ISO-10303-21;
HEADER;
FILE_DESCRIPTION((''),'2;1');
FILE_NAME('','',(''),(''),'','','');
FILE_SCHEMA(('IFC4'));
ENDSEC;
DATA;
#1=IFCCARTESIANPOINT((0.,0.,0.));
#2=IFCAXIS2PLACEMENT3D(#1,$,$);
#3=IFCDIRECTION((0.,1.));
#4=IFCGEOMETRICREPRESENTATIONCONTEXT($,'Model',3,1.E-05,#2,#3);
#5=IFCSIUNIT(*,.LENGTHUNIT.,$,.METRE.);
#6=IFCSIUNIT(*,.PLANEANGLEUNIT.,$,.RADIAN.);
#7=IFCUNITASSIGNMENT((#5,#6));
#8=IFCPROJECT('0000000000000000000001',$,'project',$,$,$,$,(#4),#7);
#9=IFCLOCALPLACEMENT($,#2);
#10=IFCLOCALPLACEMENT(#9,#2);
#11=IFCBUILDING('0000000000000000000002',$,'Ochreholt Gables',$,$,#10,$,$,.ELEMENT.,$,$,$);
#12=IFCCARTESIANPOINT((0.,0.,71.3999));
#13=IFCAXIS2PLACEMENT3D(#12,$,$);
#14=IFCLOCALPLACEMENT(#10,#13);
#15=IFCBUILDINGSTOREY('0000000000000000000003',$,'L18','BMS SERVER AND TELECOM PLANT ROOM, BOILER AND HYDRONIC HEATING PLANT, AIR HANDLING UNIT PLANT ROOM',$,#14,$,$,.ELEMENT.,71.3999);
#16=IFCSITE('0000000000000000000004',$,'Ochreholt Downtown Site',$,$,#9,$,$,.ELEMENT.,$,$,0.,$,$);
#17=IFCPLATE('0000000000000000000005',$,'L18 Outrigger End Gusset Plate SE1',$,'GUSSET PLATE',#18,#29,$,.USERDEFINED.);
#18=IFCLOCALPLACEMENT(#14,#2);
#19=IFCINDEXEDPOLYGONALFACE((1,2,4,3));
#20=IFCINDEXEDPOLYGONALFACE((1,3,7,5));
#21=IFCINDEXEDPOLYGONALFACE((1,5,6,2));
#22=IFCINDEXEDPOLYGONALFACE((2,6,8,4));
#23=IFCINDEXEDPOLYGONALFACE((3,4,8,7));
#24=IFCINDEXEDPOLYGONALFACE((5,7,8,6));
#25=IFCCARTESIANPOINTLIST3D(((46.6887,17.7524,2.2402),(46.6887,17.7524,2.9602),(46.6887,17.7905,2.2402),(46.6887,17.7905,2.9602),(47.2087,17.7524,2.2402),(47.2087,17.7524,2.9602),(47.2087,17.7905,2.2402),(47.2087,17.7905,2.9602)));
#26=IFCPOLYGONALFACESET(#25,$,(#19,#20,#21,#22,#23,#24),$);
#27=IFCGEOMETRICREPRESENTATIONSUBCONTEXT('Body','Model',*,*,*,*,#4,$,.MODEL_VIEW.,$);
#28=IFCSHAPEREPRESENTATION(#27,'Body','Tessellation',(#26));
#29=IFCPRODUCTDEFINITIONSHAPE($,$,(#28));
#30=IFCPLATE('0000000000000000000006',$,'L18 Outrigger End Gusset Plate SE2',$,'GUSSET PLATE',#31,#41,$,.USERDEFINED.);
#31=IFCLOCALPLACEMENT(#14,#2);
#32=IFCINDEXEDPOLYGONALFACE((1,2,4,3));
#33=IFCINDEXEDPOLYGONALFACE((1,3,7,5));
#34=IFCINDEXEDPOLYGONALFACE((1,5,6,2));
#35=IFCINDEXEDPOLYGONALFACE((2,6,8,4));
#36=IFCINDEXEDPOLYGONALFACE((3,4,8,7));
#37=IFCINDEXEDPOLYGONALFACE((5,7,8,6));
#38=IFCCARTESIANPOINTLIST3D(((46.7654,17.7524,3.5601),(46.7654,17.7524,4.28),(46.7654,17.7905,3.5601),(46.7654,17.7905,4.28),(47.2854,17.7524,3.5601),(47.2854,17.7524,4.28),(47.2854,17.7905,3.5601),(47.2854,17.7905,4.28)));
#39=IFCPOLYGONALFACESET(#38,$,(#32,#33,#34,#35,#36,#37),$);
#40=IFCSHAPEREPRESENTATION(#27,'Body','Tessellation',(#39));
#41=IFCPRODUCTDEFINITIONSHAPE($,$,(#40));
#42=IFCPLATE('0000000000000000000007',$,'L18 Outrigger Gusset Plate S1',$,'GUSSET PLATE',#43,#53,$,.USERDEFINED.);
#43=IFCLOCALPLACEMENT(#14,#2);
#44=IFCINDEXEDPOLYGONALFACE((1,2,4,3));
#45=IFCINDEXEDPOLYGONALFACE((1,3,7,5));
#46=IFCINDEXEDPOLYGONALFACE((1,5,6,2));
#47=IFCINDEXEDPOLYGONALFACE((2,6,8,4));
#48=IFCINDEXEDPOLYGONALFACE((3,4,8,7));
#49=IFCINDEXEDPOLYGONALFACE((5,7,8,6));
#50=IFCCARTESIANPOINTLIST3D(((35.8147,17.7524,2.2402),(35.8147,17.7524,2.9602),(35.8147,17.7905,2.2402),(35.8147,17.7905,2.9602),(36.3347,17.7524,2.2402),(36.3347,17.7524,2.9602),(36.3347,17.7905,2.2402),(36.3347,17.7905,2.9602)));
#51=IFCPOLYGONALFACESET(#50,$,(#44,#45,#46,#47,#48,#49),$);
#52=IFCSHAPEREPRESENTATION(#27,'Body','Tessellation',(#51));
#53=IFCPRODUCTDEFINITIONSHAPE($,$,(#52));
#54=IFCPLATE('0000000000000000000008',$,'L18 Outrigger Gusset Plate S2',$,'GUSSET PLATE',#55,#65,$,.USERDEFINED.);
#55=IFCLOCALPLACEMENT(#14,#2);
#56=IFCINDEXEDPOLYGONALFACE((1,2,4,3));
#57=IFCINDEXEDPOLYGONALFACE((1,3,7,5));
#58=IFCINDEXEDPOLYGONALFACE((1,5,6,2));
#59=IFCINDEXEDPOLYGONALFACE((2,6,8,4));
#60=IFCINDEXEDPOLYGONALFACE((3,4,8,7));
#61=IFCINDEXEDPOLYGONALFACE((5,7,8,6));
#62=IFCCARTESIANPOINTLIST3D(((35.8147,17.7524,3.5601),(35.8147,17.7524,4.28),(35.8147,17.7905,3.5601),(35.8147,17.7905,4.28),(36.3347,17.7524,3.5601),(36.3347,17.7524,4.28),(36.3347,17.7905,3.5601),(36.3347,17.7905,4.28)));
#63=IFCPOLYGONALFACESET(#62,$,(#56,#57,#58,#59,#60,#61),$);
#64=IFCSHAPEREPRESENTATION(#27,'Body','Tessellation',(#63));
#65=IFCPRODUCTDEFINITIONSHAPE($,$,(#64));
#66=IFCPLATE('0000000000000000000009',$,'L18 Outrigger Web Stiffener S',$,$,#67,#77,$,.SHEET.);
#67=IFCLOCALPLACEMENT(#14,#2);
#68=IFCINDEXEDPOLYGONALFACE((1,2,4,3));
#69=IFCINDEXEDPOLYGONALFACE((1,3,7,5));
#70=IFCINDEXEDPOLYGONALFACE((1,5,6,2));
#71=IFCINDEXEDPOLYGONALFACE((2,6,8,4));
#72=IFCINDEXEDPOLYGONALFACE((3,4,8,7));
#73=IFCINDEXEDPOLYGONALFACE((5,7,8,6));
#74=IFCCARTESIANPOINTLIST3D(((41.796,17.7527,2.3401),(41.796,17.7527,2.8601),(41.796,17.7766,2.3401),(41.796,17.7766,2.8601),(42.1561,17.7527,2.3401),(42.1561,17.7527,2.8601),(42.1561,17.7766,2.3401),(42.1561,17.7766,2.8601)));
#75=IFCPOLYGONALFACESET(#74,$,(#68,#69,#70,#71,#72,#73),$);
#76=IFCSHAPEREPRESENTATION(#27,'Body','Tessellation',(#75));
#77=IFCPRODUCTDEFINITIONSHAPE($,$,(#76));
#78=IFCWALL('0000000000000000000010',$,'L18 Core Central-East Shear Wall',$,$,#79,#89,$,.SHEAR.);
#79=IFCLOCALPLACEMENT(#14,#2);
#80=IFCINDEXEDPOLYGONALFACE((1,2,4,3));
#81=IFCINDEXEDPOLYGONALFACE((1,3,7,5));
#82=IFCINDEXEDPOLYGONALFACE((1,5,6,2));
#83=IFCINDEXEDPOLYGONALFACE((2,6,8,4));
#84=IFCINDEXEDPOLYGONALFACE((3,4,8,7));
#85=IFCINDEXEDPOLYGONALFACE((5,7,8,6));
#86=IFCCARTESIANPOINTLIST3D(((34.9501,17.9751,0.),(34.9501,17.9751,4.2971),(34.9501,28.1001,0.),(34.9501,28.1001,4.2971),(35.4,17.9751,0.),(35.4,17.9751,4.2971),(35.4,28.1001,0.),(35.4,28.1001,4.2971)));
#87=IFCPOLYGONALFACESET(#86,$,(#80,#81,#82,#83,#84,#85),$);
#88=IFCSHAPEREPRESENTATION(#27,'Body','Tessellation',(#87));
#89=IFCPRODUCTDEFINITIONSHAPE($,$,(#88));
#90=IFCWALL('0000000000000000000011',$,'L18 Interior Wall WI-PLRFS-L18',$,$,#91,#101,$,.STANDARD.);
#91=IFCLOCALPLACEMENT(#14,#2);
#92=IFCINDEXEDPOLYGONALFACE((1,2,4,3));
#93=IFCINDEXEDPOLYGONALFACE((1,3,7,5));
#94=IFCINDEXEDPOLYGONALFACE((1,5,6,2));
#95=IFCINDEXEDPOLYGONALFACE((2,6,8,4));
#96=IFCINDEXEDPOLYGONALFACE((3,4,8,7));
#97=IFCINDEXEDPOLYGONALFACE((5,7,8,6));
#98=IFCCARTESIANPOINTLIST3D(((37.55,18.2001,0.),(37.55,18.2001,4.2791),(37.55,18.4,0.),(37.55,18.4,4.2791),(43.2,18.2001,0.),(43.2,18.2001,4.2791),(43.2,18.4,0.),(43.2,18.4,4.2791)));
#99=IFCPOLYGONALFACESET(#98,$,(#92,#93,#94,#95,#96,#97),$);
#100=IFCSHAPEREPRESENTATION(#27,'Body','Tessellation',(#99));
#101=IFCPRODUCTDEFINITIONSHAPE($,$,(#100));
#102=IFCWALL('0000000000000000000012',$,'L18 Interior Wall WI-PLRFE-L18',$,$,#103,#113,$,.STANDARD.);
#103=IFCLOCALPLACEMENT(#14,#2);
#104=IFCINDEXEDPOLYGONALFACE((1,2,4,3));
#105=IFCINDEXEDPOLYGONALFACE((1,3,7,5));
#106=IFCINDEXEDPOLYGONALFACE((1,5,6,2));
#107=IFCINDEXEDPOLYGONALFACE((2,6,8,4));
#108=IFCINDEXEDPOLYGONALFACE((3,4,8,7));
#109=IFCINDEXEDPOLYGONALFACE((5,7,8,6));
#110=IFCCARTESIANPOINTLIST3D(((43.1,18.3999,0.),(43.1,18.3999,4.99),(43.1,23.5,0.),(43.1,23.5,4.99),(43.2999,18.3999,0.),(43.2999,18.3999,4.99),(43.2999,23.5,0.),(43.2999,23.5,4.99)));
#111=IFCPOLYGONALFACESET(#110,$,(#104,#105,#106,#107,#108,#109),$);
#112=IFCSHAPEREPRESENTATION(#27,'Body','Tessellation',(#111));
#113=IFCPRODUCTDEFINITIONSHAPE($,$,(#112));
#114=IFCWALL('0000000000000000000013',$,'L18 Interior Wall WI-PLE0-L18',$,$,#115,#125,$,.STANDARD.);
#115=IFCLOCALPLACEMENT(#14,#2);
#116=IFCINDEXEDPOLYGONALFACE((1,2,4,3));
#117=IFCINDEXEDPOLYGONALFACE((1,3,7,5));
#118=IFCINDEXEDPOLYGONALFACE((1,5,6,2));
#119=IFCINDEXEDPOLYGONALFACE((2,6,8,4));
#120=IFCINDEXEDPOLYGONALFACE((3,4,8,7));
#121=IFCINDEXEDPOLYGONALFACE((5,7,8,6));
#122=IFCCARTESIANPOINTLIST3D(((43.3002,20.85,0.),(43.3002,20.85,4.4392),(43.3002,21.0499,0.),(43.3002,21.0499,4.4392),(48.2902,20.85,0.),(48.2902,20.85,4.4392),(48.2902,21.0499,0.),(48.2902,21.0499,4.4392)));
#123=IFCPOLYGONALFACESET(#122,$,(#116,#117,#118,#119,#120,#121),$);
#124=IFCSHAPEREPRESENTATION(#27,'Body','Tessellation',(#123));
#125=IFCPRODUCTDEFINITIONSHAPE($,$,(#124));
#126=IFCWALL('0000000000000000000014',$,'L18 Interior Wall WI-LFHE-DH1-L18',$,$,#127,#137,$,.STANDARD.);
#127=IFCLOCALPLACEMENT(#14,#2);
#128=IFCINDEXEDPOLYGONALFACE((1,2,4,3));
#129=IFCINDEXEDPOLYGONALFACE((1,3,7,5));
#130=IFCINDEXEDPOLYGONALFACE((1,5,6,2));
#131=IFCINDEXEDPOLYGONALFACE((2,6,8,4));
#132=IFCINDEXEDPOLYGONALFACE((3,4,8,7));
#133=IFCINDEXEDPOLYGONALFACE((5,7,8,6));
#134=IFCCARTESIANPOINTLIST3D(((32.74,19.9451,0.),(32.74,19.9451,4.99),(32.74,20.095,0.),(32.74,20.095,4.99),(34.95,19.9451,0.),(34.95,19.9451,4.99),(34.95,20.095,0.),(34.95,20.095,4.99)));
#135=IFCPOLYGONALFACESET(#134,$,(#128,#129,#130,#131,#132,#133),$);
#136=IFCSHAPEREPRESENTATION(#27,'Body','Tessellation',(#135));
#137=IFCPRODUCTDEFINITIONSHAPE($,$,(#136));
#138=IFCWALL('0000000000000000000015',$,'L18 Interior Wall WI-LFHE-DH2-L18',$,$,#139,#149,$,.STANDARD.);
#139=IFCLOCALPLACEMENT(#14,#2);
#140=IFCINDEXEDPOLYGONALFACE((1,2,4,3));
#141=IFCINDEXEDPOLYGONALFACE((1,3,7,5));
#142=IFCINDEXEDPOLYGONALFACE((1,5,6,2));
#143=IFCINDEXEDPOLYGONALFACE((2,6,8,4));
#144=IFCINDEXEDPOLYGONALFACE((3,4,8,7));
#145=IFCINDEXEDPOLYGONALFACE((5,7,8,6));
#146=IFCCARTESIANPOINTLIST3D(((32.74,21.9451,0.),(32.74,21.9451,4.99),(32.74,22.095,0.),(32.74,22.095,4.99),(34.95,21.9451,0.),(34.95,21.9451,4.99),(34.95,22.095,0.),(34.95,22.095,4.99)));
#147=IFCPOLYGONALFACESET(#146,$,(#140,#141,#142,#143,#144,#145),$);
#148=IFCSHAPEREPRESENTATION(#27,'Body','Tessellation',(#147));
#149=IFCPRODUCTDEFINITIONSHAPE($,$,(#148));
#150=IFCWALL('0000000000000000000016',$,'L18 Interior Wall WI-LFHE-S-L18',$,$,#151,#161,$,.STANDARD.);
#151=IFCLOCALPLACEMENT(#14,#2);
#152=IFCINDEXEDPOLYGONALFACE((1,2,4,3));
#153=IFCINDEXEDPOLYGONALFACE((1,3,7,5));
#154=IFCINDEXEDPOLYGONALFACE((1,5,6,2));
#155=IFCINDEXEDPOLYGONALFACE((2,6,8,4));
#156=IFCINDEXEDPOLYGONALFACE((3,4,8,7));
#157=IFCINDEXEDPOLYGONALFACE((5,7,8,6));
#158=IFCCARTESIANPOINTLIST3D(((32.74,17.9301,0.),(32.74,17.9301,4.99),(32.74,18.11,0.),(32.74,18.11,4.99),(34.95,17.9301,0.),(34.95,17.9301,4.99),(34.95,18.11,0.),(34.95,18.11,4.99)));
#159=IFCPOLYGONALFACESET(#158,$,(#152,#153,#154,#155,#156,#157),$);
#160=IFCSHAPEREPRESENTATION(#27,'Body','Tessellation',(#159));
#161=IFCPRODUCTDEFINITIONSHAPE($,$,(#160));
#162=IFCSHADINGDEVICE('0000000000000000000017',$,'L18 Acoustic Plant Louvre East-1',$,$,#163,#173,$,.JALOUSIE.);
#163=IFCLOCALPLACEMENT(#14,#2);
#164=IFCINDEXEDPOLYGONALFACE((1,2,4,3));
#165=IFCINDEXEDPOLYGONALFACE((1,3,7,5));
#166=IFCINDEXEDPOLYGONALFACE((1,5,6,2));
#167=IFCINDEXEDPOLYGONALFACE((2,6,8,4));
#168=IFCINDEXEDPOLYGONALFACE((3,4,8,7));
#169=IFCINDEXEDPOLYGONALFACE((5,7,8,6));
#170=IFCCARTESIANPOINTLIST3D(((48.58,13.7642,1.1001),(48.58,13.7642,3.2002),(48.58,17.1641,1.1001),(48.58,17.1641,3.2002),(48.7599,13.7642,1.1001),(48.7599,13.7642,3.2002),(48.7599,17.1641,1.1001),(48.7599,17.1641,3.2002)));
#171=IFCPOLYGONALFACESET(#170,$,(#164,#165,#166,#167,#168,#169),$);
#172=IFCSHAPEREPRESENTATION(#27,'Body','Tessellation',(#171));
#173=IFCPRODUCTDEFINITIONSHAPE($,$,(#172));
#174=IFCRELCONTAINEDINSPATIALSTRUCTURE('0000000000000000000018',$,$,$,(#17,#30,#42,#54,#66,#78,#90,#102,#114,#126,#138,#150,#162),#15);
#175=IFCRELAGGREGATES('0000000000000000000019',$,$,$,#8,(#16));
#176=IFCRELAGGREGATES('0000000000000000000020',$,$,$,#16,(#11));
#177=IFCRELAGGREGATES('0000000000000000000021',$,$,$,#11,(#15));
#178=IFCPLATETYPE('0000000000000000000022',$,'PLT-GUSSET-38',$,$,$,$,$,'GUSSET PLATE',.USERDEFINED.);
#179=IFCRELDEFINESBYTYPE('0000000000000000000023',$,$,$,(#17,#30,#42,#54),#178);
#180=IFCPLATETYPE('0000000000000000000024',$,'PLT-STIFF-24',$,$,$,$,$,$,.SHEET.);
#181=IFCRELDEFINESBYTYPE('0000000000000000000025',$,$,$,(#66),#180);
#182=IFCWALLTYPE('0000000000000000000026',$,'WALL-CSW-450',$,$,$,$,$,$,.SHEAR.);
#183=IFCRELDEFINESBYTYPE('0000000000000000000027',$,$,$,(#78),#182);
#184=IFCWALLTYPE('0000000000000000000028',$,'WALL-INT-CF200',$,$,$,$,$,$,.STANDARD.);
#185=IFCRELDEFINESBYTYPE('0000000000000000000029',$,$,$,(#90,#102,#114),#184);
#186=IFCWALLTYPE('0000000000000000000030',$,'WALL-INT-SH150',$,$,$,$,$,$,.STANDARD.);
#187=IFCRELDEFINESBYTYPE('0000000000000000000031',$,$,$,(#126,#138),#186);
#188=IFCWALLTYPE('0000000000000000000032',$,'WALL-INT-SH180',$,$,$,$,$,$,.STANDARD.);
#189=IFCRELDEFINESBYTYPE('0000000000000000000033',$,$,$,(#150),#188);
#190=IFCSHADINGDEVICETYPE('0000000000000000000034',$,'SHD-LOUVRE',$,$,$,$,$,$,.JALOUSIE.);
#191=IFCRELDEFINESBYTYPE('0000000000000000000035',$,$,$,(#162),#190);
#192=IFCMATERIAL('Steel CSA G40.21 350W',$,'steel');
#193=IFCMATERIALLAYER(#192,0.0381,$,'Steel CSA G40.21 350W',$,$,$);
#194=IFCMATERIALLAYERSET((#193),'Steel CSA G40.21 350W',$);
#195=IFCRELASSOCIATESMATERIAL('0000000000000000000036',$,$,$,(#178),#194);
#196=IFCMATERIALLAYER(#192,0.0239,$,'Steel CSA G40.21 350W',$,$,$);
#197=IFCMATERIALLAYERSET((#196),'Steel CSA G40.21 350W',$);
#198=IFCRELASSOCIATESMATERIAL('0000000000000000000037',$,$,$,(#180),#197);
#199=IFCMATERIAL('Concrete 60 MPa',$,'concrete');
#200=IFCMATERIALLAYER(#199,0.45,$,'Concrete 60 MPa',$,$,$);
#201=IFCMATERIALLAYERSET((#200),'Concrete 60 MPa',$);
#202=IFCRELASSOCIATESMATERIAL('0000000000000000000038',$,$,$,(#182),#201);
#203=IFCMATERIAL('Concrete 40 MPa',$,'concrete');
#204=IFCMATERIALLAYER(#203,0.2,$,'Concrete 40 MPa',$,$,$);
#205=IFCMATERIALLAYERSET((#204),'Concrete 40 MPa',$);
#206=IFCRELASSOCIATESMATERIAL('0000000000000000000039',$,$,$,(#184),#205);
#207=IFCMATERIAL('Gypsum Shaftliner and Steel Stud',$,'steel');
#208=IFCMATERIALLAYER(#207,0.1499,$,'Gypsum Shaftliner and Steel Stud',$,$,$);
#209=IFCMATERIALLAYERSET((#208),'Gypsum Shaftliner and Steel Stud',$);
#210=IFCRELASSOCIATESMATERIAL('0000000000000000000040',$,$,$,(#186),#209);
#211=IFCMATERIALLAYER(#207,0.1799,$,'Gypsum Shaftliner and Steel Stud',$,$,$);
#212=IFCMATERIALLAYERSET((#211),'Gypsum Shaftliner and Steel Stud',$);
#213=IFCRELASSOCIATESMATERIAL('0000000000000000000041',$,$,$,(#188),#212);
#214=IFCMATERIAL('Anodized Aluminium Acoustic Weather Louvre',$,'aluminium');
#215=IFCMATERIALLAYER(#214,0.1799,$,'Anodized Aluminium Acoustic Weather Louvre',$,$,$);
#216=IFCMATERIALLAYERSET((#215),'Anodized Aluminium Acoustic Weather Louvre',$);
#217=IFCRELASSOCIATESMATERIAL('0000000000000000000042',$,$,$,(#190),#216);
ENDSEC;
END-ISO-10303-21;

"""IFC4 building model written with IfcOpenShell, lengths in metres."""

from ifc_helpers import new_model, si_unit, direction, frame, frame_2d, origin, origin_2d, place, context, subcontext, project, spatial, rectangle, extrude, material, layer, layer_set, type_object, element, save


model = new_model("IFC4")

# Units and contexts
model_context = context("Model", 3, precision=1e-05, world=origin(), true_north=direction((0.0, 1.0)))
body_context = subcontext(model_context, "Body", "Model", "MODEL_VIEW")
ifc_project = project(units=[si_unit("LENGTHUNIT", "METRE"), si_unit("PLANEANGLEUNIT", "RADIAN")], contexts=[model_context])

# Site, building, storey
site_placement = place(None, origin())
site = spatial("IfcSite", under=ifc_project, at=site_placement, Name="Ochreholt Downtown Site", CompositionType="ELEMENT", RefElevation=0.0)
building_placement = place(site_placement, origin())
building = spatial("IfcBuilding", under=site, at=building_placement, Name="Ochreholt Gables", CompositionType="ELEMENT")
storey_placement = place(building_placement, frame((0.0, 0.0, 71.3999)))
storey = spatial("IfcBuildingStorey", under=building, at=storey_placement, Name="L18", Description="BMS SERVER AND TELECOM PLANT ROOM, BOILER AND HYDRONIC HEATING PLANT, AIR HANDLING UNIT PLANT ROOM", CompositionType="ELEMENT", Elevation=71.3999)

# Shared definitions
ifc_material_1 = material(Name="Steel CSA G40.21 350W", Category="steel")
ifc_material_2 = material(Name="Concrete 60 MPa", Category="concrete")

# Plates
ifc_layer_1 = layer(ifc_material_1, 0.0381, Name="Steel CSA G40.21 350W")
ifc_layer_set_1 = layer_set([ifc_layer_1], Name="Steel CSA G40.21 350W")
plate_type_1 = type_object("IfcPlateType", Name="PLT-GUSSET-38", ElementType="GUSSET PLATE", PredefinedType="USERDEFINED", material=ifc_layer_set_1)
for number, where, z_axis, x_axis, name in (
    (1, (46.9487, 17.7715, 2.2402), (0.0, 0.0, 1.0), (1.0, 0.0, 0.0), "L18 Outrigger End Gusset Plate SE1"),
    (2, (47.0254, 17.7715, 3.5601), (0.0, 0.0, 1.0), (1.0, 0.0, 0.0), "L18 Outrigger End Gusset Plate SE2"),
    (3, (36.0747, 17.7715, 2.2402), (0.0, 0.0, 1.0), (1.0, 0.0, 0.0), "L18 Outrigger Gusset Plate S1"),
    (4, (36.0747, 17.7715, 3.5601), (0.0, 0.0, 1.0), (1.0, 0.0, 0.0), "L18 Outrigger Gusset Plate S2"),
):
    element("IfcPlate", number, at=place(storey_placement, frame(where, z_axis=z_axis, x_axis=x_axis)), inside=storey, type_object=plate_type_1, Name=name, ObjectType="GUSSET PLATE", PredefinedType="USERDEFINED", context=body_context, shape_type="SweptSolid", body=[
        extrude(rectangle(XDim=0.52, YDim=0.0381, at=origin_2d()), origin(), (0.0, 0.0, 1.0), 0.72),
    ])
ifc_layer_2 = layer(ifc_material_1, 0.0239, Name="Steel CSA G40.21 350W")
ifc_layer_set_2 = layer_set([ifc_layer_2], Name="Steel CSA G40.21 350W")
plate_type_2 = type_object("IfcPlateType", Name="PLT-STIFF-24", PredefinedType="SHEET", material=ifc_layer_set_2)
plate_1_placement = place(storey_placement, frame((41.9761, 17.7646, 2.3401), z_axis=(0.0, 0.0, 1.0), x_axis=(1.0, 0.0, 0.0)))
element("IfcPlate", 5, at=plate_1_placement, inside=storey, type_object=plate_type_2, Name="L18 Outrigger Web Stiffener S", PredefinedType="SHEET", context=body_context, shape_type="SweptSolid", body=[
    extrude(rectangle(XDim=0.3601, YDim=0.0239, at=origin_2d()), origin(), (0.0, 0.0, 1.0), 0.52),
])

# Walls
ifc_layer_3 = layer(ifc_material_2, 0.45, Name="Concrete 60 MPa")
ifc_layer_set_3 = layer_set([ifc_layer_3], Name="Concrete 60 MPa")
wall_type_1 = type_object("IfcWallType", Name="WALL-CSW-450", PredefinedType="SHEAR", material=ifc_layer_set_3)
wall_1_placement = place(storey_placement, frame((35.175, 17.9751, 0.0), z_axis=(0.0, 0.0, 1.0), x_axis=(0.0, 1.0, 0.0)))
element("IfcWall", 6, at=wall_1_placement, inside=storey, type_object=wall_type_1, Name="L18 Core Central-East Shear Wall", PredefinedType="SHEAR", context=body_context, shape_type="SweptSolid", body=[
    extrude(rectangle(XDim=10.125, YDim=0.45, at=frame_2d((5.0625, 0.0))), origin(), (0.0, 0.0, 1.0), 4.2971),
])
ifc_material_3 = material(Name="Concrete 40 MPa", Category="concrete")
ifc_layer_4 = layer(ifc_material_3, 0.2, Name="Concrete 40 MPa")
ifc_layer_set_4 = layer_set([ifc_layer_4], Name="Concrete 40 MPa")
wall_type_2 = type_object("IfcWallType", Name="WALL-INT-CF200", PredefinedType="STANDARD", material=ifc_layer_set_4)
wall_2_placement = place(storey_placement, frame((37.55, 18.3, 0.0), z_axis=(0.0, 0.0, 1.0), x_axis=(1.0, 0.0, 0.0)))
element("IfcWall", 7, at=wall_2_placement, inside=storey, type_object=wall_type_2, Name="L18 Interior Wall WI-PLRFS-L18", PredefinedType="STANDARD", context=body_context, shape_type="SweptSolid", body=[
    extrude(rectangle(XDim=5.6499, YDim=0.2, at=frame_2d((2.825, 0.0))), origin(), (0.0, 0.0, 1.0), 4.2791),
])
wall_3_placement = place(storey_placement, frame((43.2, 18.3999, 0.0), z_axis=(0.0, 0.0, 1.0), x_axis=(0.0, 1.0, 0.0)))
element("IfcWall", 8, at=wall_3_placement, inside=storey, type_object=wall_type_2, Name="L18 Interior Wall WI-PLRFE-L18", PredefinedType="STANDARD", context=body_context, shape_type="SweptSolid", body=[
    extrude(rectangle(XDim=5.1001, YDim=0.2, at=frame_2d((2.55, 0.0))), origin(), (0.0, 0.0, 1.0), 4.99),
])
wall_4_placement = place(storey_placement, frame((43.3, 20.95, 0.0), z_axis=(0.0, 0.0, 1.0), x_axis=(1.0, 0.0, 0.0)))
element("IfcWall", 9, at=wall_4_placement, inside=storey, type_object=wall_type_2, Name="L18 Interior Wall WI-PLE0-L18", PredefinedType="STANDARD", context=body_context, shape_type="SweptSolid", body=[
    extrude(rectangle(XDim=4.99, YDim=0.2, at=frame_2d((2.4951, 0.0))), origin(), (0.0, 0.0, 1.0), 4.4392),
])
ifc_material_4 = material(Name="Gypsum Shaftliner and Steel Stud", Category="steel")
ifc_layer_5 = layer(ifc_material_4, 0.1499, Name="Gypsum Shaftliner and Steel Stud")
ifc_layer_set_5 = layer_set([ifc_layer_5], Name="Gypsum Shaftliner and Steel Stud")
wall_type_3 = type_object("IfcWallType", Name="WALL-INT-SH150", PredefinedType="STANDARD", material=ifc_layer_set_5)
for number, where, z_axis, x_axis, name in (
    (10, (32.74, 20.02, 0.0), (0.0, 0.0, 1.0), (1.0, 0.0, 0.0), "L18 Interior Wall WI-LFHE-DH1-L18"),
    (11, (32.74, 22.02, 0.0), (0.0, 0.0, 1.0), (1.0, 0.0, 0.0), "L18 Interior Wall WI-LFHE-DH2-L18"),
):
    element("IfcWall", number, at=place(storey_placement, frame(where, z_axis=z_axis, x_axis=x_axis)), inside=storey, type_object=wall_type_3, Name=name, PredefinedType="STANDARD", context=body_context, shape_type="SweptSolid", body=[
        extrude(rectangle(XDim=2.21, YDim=0.1499, at=frame_2d((1.105, 0.0))), origin(), (0.0, 0.0, 1.0), 4.99),
    ])
ifc_layer_6 = layer(ifc_material_4, 0.1799, Name="Gypsum Shaftliner and Steel Stud")
ifc_layer_set_6 = layer_set([ifc_layer_6], Name="Gypsum Shaftliner and Steel Stud")
wall_type_4 = type_object("IfcWallType", Name="WALL-INT-SH180", PredefinedType="STANDARD", material=ifc_layer_set_6)
wall_5_placement = place(storey_placement, frame((32.74, 18.02, 0.0), z_axis=(0.0, 0.0, 1.0), x_axis=(1.0, 0.0, 0.0)))
element("IfcWall", 12, at=wall_5_placement, inside=storey, type_object=wall_type_4, Name="L18 Interior Wall WI-LFHE-S-L18", PredefinedType="STANDARD", context=body_context, shape_type="SweptSolid", body=[
    extrude(rectangle(XDim=2.21, YDim=0.1799, at=frame_2d((1.105, 0.0))), origin(), (0.0, 0.0, 1.0), 4.99),
])

# Shading device
ifc_material_5 = material(Name="Anodized Aluminium Acoustic Weather Louvre", Category="aluminium")
ifc_layer_7 = layer(ifc_material_5, 0.1799, Name="Anodized Aluminium Acoustic Weather Louvre")
ifc_layer_set_7 = layer_set([ifc_layer_7], Name="Anodized Aluminium Acoustic Weather Louvre")
shading_device_type = type_object("IfcShadingDeviceType", Name="SHD-LOUVRE", PredefinedType="JALOUSIE", material=ifc_layer_set_7)
shading_device_placement = place(storey_placement, frame((48.6699, 15.4641, 1.1001), z_axis=(0.0, 0.0, 1.0), x_axis=(0.0, 1.0, 0.0)))
element("IfcShadingDevice", 13, at=shading_device_placement, inside=storey, type_object=shading_device_type, Name="L18 Acoustic Plant Louvre East-1", PredefinedType="JALOUSIE", context=body_context, shape_type="SweptSolid", body=[
    extrude(rectangle(XDim=3.3999, YDim=0.1799, at=origin_2d()), origin(), (0.0, 0.0, 1.0), 2.1001),
])

save(model, "model.ifc")
